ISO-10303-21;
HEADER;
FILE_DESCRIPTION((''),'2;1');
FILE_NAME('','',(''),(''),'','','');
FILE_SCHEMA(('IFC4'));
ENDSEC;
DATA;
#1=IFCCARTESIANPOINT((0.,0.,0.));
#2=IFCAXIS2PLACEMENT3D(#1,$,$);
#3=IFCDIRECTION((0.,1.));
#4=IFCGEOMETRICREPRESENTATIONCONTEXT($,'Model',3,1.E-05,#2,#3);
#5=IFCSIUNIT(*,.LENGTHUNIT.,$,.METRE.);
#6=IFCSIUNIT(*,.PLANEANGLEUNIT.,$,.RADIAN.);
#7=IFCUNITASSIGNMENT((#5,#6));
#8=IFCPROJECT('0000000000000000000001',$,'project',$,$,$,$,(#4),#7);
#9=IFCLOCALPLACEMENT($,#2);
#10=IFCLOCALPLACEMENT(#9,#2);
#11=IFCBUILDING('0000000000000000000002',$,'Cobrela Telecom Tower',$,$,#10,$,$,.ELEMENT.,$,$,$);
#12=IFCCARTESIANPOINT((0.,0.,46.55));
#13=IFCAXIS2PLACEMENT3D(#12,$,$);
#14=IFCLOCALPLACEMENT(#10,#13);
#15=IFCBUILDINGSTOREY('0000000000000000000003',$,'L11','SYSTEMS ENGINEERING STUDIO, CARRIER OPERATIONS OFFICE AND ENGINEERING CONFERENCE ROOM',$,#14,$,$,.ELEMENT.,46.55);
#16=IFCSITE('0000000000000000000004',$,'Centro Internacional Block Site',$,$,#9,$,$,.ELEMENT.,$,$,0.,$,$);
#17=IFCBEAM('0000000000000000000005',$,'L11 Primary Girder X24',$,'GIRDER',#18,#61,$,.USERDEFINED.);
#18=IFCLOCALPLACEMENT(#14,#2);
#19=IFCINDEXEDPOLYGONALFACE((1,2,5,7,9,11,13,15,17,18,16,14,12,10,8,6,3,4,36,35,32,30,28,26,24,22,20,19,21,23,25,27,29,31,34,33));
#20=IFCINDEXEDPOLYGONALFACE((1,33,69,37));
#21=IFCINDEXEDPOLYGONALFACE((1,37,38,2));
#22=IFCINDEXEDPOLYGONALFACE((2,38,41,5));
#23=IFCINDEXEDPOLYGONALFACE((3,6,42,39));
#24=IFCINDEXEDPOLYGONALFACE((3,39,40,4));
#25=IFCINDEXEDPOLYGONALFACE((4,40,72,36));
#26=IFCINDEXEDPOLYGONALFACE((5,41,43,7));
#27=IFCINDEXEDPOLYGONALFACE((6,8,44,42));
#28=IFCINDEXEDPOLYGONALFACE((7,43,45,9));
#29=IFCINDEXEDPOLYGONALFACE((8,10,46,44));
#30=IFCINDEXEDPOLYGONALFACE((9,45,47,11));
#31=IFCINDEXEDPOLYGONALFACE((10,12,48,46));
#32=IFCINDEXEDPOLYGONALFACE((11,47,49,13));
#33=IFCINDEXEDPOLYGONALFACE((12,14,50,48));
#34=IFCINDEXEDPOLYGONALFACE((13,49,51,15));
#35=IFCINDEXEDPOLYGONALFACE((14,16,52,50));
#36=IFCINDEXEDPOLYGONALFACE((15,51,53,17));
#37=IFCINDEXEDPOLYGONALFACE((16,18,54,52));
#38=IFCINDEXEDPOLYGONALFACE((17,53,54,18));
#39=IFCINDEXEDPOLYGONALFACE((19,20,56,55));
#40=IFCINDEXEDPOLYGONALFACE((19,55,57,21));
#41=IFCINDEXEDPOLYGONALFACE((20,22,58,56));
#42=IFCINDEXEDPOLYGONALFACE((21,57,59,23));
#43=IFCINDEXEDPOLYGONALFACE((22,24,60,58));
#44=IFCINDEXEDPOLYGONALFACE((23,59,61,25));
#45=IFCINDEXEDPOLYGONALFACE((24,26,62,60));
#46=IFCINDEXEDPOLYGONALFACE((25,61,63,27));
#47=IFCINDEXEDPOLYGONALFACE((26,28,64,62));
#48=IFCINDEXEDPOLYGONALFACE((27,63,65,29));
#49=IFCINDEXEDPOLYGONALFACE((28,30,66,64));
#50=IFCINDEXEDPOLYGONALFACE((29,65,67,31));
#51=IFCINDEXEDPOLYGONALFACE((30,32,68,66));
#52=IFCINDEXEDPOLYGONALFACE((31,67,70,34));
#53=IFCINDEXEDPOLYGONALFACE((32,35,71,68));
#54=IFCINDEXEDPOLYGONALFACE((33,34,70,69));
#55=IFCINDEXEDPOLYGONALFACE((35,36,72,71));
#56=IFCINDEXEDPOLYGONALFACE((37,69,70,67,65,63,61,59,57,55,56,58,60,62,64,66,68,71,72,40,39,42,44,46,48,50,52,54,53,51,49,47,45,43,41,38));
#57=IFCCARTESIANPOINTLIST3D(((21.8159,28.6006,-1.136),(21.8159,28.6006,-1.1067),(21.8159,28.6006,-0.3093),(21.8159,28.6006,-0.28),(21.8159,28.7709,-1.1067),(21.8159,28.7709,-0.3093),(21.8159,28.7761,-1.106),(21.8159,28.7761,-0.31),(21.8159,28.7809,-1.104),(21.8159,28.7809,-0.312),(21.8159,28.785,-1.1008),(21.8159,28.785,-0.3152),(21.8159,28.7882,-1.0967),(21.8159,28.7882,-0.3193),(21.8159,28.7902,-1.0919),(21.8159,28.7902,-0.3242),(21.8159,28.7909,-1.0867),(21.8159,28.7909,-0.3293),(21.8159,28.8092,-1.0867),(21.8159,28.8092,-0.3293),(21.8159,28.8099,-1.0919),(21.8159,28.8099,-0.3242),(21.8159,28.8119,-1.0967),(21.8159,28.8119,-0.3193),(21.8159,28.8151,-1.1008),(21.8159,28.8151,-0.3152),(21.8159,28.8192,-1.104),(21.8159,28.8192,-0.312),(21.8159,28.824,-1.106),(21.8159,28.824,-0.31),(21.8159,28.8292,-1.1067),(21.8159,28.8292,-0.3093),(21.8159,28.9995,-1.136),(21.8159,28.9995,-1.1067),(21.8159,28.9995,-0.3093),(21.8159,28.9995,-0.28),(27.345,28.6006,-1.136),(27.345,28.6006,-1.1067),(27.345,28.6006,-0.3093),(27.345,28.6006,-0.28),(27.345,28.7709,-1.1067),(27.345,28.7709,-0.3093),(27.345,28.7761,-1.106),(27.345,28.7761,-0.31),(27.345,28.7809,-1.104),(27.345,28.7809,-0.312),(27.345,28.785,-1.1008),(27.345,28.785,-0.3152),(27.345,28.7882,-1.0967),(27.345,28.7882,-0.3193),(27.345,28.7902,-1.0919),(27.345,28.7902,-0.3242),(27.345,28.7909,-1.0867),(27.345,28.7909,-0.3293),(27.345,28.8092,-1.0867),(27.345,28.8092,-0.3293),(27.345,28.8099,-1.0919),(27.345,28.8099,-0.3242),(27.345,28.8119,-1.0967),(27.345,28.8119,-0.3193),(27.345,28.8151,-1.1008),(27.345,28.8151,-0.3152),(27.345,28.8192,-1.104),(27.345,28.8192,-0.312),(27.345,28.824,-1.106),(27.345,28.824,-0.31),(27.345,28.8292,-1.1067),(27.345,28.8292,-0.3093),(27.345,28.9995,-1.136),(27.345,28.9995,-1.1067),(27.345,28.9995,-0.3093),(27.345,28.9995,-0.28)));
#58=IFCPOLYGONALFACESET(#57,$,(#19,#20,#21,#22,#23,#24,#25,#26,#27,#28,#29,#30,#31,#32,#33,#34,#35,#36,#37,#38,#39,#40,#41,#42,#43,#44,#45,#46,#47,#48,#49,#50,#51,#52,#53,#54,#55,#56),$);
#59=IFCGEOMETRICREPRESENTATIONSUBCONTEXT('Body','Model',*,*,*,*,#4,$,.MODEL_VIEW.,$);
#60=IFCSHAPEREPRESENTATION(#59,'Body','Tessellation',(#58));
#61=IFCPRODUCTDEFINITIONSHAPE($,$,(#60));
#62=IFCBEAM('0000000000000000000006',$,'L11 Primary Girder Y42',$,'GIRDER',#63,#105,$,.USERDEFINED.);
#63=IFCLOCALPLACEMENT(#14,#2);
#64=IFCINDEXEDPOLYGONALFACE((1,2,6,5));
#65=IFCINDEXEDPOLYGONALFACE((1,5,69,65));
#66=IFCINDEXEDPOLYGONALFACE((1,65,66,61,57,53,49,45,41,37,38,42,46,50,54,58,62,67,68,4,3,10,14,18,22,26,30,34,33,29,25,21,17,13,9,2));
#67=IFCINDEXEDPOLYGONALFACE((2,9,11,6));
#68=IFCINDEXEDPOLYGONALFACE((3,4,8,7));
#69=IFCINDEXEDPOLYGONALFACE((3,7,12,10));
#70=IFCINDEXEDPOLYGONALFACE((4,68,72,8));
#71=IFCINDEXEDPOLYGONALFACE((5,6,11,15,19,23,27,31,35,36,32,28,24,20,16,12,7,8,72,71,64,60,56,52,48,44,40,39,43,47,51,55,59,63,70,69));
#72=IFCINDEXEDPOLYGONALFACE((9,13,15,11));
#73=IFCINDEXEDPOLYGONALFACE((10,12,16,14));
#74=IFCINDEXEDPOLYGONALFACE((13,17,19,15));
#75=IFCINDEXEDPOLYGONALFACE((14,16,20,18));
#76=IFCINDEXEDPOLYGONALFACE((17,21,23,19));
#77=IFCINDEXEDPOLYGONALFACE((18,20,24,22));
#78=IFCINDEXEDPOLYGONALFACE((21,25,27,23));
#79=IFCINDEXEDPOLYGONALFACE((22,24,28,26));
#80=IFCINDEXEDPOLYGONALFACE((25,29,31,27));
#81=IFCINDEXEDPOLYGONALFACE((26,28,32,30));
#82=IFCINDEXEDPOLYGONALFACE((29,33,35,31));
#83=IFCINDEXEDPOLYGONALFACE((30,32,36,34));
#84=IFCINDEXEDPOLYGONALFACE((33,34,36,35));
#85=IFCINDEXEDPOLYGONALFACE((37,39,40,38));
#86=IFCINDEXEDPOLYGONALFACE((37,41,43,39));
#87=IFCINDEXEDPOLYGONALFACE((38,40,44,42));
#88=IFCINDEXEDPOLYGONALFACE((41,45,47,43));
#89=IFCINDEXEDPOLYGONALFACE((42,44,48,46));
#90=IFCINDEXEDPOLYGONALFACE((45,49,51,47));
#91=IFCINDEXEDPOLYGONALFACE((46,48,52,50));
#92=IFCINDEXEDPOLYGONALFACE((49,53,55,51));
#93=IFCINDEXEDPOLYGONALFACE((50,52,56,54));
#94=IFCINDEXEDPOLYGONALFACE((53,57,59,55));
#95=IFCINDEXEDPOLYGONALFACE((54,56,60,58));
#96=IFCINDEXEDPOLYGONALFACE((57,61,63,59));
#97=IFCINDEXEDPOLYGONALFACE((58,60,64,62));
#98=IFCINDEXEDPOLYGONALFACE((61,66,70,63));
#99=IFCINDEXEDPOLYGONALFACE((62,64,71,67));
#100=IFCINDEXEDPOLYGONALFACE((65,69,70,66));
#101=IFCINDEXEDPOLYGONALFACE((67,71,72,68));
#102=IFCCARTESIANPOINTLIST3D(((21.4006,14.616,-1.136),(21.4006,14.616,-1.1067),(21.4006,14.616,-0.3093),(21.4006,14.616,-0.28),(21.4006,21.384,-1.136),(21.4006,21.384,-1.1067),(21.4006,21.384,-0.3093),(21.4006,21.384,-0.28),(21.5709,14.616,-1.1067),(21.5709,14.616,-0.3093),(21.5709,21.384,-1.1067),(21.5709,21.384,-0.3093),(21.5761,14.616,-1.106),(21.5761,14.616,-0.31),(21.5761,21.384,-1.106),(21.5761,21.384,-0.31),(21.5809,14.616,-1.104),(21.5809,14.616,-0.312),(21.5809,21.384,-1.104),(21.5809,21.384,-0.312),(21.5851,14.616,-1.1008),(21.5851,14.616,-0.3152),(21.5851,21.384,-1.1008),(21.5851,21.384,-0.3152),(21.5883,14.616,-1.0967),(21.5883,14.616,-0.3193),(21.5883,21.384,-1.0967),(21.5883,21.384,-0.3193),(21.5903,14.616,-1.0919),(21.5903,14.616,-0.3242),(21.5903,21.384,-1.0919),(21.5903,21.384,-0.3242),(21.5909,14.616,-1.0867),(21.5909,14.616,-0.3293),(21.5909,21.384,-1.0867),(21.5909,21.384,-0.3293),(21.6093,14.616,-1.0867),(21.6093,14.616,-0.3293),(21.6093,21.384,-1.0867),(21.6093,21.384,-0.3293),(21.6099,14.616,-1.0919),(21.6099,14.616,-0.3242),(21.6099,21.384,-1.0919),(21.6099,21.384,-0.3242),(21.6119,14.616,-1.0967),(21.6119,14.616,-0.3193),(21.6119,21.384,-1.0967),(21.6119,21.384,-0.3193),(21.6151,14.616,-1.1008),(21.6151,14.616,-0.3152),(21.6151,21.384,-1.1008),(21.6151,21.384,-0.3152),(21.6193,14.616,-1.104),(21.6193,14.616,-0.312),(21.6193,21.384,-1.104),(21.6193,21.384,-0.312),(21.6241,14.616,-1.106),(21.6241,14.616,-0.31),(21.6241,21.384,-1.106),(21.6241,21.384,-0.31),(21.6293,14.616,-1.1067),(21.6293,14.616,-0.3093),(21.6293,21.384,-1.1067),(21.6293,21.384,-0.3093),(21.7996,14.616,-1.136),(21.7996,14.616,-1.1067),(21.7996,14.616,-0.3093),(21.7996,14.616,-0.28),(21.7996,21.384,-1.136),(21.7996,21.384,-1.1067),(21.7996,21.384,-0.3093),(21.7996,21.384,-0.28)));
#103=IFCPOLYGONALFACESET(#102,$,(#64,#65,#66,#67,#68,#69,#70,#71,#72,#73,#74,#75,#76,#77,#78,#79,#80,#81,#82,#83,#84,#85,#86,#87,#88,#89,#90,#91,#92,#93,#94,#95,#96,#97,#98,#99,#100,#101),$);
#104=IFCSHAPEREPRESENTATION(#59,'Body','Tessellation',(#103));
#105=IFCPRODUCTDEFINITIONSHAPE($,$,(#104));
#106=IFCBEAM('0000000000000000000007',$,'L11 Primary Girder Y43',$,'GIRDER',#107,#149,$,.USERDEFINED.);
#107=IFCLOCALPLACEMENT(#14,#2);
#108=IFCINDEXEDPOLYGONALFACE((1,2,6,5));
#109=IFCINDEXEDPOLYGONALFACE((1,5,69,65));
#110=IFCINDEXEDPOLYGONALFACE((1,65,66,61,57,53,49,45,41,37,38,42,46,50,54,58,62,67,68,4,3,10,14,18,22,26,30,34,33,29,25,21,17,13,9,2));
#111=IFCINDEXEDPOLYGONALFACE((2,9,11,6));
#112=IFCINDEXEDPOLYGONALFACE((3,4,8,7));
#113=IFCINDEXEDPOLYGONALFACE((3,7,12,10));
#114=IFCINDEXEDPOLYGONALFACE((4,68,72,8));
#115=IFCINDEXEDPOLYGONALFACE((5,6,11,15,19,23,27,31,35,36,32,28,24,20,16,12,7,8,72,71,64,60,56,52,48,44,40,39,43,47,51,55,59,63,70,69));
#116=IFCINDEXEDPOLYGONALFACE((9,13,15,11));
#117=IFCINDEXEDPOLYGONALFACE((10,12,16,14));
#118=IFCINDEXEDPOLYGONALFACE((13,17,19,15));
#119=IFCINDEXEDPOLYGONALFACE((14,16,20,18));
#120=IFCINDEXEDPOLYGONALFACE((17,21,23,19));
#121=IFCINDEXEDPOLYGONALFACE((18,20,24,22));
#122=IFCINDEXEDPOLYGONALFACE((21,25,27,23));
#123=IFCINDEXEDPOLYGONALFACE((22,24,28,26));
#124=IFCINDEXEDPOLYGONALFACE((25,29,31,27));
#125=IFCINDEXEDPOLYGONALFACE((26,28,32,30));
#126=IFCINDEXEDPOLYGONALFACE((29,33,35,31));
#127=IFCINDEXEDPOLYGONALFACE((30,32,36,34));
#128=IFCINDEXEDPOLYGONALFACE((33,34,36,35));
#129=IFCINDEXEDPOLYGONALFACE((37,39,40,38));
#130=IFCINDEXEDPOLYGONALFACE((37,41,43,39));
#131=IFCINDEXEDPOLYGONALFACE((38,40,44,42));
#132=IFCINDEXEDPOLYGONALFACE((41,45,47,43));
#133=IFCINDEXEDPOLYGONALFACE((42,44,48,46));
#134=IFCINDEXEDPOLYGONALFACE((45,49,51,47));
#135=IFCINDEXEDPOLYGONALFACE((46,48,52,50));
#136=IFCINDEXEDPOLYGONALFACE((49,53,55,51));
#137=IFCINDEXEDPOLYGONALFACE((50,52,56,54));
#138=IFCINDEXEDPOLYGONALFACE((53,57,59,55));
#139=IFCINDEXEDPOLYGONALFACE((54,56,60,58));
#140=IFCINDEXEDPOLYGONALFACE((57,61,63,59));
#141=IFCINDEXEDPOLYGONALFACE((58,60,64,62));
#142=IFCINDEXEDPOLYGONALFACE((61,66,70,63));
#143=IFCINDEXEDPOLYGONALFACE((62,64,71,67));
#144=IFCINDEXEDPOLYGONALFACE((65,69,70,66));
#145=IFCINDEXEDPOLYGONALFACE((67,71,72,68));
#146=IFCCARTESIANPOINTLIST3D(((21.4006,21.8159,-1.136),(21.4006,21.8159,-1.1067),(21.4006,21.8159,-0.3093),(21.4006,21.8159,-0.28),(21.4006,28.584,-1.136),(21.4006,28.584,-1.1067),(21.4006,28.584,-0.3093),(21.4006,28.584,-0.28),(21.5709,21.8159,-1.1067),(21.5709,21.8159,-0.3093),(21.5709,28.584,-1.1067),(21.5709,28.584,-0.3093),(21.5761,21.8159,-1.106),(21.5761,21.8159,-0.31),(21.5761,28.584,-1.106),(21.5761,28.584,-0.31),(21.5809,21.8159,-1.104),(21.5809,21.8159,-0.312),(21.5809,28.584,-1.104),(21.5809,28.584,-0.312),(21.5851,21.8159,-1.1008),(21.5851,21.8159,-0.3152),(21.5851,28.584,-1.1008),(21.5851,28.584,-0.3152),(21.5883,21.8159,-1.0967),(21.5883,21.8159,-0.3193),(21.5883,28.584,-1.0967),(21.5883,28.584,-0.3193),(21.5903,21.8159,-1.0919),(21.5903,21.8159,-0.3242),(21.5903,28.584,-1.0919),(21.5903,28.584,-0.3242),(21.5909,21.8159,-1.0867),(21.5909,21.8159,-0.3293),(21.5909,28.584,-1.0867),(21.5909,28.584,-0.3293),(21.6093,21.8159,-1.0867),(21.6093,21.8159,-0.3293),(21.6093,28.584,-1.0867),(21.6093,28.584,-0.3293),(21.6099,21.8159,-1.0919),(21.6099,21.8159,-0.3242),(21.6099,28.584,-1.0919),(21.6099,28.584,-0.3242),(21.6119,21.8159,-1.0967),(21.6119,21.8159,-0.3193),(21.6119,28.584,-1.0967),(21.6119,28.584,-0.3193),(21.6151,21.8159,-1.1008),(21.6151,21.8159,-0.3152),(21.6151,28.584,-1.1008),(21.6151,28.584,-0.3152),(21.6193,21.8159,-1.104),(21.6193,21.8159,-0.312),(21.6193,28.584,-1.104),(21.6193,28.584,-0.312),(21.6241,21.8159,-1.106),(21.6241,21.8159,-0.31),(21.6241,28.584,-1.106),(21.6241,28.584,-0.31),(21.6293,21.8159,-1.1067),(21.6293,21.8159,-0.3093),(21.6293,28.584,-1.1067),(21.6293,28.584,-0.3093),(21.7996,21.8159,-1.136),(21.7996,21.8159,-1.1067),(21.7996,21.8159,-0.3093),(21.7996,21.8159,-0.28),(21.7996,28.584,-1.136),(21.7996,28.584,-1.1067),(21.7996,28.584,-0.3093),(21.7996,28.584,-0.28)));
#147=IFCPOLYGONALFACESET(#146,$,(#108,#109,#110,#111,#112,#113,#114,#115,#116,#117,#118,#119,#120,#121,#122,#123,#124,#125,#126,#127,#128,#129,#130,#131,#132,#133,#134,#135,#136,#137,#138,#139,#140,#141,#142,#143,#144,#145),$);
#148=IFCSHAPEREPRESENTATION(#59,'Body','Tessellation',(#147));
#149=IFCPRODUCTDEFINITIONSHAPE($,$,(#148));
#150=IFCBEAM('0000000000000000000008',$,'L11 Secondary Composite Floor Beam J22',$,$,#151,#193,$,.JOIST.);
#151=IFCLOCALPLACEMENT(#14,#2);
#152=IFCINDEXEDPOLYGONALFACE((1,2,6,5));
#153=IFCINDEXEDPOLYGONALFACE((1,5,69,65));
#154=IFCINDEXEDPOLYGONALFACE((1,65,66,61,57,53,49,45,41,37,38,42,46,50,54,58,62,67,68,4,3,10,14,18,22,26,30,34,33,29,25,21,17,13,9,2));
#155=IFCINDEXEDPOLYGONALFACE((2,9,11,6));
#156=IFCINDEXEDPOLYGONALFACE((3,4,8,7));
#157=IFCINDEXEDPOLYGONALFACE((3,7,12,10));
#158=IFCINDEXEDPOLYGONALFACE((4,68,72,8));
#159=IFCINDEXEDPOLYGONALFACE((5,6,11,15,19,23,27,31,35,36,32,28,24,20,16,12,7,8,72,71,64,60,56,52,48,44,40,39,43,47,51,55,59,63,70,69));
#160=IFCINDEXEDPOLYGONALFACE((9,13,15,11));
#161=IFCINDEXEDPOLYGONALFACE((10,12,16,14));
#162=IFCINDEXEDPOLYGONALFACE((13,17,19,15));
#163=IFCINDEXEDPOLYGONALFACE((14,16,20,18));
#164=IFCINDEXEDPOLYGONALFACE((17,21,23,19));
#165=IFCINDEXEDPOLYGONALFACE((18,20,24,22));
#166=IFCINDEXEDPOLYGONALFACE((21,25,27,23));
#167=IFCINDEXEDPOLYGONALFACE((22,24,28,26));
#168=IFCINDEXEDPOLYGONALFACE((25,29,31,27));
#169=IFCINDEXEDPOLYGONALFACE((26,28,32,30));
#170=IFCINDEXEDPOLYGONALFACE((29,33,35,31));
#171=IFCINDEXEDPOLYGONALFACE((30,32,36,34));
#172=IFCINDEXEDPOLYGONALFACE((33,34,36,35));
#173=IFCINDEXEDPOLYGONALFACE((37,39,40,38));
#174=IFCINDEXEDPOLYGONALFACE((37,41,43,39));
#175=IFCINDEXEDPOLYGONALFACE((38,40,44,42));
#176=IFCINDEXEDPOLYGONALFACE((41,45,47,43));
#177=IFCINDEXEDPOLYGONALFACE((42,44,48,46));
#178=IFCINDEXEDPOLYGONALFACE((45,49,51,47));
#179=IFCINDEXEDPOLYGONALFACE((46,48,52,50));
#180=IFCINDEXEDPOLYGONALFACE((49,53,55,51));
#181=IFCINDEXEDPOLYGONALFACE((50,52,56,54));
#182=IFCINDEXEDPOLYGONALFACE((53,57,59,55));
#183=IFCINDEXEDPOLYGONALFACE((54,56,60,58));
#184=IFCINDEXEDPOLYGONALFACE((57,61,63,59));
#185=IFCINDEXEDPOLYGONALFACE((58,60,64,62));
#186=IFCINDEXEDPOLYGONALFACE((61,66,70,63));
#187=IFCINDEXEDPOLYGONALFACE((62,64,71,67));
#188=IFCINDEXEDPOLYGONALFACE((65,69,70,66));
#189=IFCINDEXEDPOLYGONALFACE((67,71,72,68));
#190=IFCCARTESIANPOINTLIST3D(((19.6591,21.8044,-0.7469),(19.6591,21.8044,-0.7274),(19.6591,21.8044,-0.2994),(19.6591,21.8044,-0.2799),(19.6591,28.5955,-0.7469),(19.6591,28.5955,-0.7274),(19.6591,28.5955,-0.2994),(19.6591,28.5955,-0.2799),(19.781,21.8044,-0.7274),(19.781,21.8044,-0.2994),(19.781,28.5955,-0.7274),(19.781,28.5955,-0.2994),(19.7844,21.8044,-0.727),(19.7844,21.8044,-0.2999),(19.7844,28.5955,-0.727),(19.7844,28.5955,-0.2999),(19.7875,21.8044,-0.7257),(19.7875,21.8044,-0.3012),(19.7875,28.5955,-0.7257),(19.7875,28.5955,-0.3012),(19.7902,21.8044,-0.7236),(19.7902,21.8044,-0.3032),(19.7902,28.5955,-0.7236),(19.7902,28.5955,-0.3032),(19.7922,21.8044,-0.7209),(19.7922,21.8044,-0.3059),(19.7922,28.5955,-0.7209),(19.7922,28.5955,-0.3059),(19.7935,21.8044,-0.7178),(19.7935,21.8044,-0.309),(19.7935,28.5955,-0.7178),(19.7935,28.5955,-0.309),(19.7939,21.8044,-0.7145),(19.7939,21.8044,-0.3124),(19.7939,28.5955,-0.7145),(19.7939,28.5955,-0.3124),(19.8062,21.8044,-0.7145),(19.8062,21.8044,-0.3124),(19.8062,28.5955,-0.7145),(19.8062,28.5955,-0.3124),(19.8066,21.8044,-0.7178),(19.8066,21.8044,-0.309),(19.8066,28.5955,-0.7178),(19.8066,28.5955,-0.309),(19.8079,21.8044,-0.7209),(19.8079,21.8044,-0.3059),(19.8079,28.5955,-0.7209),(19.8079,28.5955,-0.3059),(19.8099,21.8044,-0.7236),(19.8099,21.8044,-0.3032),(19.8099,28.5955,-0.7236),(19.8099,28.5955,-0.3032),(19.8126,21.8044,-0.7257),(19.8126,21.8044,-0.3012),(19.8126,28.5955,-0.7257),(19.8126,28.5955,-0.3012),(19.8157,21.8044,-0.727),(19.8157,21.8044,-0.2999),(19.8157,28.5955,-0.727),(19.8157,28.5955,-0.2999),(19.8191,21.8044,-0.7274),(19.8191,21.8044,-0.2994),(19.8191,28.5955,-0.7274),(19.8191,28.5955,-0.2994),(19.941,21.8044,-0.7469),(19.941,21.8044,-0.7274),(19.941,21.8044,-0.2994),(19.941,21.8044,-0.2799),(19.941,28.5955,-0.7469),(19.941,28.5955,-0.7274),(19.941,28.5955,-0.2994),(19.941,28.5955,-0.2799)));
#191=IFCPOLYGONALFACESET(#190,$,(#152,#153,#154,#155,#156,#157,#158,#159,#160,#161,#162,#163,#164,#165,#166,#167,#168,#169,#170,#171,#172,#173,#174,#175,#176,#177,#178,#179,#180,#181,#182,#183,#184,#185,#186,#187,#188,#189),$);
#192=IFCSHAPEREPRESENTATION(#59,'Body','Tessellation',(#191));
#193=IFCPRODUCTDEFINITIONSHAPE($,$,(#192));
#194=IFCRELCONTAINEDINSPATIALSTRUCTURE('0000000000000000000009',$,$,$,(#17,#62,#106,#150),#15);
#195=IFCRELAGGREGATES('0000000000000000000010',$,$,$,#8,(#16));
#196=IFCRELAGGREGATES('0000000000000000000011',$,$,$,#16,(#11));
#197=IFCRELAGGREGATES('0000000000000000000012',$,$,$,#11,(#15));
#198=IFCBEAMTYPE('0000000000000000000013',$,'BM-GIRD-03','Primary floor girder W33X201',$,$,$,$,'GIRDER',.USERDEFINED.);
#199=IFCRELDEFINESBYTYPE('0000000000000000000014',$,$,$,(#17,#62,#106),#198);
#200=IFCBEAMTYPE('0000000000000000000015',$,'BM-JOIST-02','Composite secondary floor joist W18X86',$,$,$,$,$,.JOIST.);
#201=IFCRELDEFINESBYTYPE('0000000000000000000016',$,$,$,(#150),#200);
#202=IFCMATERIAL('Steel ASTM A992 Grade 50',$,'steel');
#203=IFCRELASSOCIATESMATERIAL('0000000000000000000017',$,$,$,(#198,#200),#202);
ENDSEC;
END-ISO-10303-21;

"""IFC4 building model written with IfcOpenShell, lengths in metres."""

from ifc_helpers import new_model, si_unit, direction, frame, origin, origin_2d, place, context, subcontext, project, spatial, i_section, extrude, material, material_profile, profile_set, type_object, element, save


model = new_model("IFC4")

# Units and contexts
model_context = context("Model", 3, precision=1e-05, world=origin(), true_north=direction((0.0, 1.0)))
body_context = subcontext(model_context, "Body", "Model", "MODEL_VIEW")
ifc_project = project(units=[si_unit("LENGTHUNIT", "METRE"), si_unit("PLANEANGLEUNIT", "RADIAN")], contexts=[model_context])

# Site, building, storey
site_placement = place(None, origin())
site = spatial("IfcSite", under=ifc_project, at=site_placement, Name="Centro Internacional Block Site", CompositionType="ELEMENT", RefElevation=0.0)
building_placement = place(site_placement, origin())
building = spatial("IfcBuilding", under=site, at=building_placement, Name="Cobrela Telecom Tower", CompositionType="ELEMENT")
storey_placement = place(building_placement, frame((0.0, 0.0, 46.55)))
storey = spatial("IfcBuildingStorey", under=building, at=storey_placement, Name="L11", Description="SYSTEMS ENGINEERING STUDIO, CARRIER OPERATIONS OFFICE AND ENGINEERING CONFERENCE ROOM", CompositionType="ELEMENT", Elevation=46.55)

# Shared definitions
ifc_material_1 = material(Name="Steel ASTM A992 Grade 50", Category="steel")

# Beams
ifc_material_profile_1 = material_profile(ifc_material_1, i_section(OverallWidth=0.3989, OverallDepth=0.856, WebThickness=0.0183, FlangeThickness=0.0293, FilletRadius=0.02, at=origin_2d()), Name="W33X201")
ifc_profile_set_1 = profile_set([ifc_material_profile_1], Name="Steel ASTM A992 Grade 50")
beam_type_1 = type_object("IfcBeamType", Name="BM-GIRD-03", Description="Primary floor girder W33X201", ElementType="GIRDER", PredefinedType="USERDEFINED", material=ifc_profile_set_1)
beam_1_placement = place(storey_placement, frame((21.8159, 28.8, -0.708), z_axis=(1.0, 0.0, 0.0), x_axis=(0.0, 1.0, 0.0)))
element("IfcBeam", 1, at=beam_1_placement, inside=storey, type_object=beam_type_1, Name="L11 Primary Girder X24", ObjectType="GIRDER", PredefinedType="USERDEFINED", context=body_context, shape_type="SweptSolid", body=[
    extrude(i_section(OverallWidth=0.3989, OverallDepth=0.856, WebThickness=0.0183, FlangeThickness=0.0293, FilletRadius=0.02, at=origin_2d()), origin(), (0.0, 0.0, 1.0), 5.5291),
])
for number, where, z_axis, x_axis, name in (
    (2, (21.6001, 14.616, -0.708), (0.0, 1.0, 0.0), (-1.0, 0.0, 0.0), "L11 Primary Girder Y42"),
    (3, (21.6001, 21.8159, -0.708), (0.0, 1.0, 0.0), (-1.0, 0.0, 0.0), "L11 Primary Girder Y43"),
):
    element("IfcBeam", number, at=place(storey_placement, frame(where, z_axis=z_axis, x_axis=x_axis)), inside=storey, type_object=beam_type_1, Name=name, ObjectType="GIRDER", PredefinedType="USERDEFINED", context=body_context, shape_type="SweptSolid", body=[
        extrude(i_section(OverallWidth=0.3989, OverallDepth=0.856, WebThickness=0.0183, FlangeThickness=0.0293, FilletRadius=0.02, at=origin_2d()), origin(), (0.0, 0.0, 1.0), 6.7681),
    ])
ifc_material_profile_2 = material_profile(ifc_material_1, i_section(OverallWidth=0.282, OverallDepth=0.467, WebThickness=0.0122, FlangeThickness=0.0195, FilletRadius=0.0129, at=origin_2d()), Name="W18X86")
ifc_profile_set_2 = profile_set([ifc_material_profile_2], Name="Steel ASTM A992 Grade 50")
beam_type_2 = type_object("IfcBeamType", Name="BM-JOIST-02", Description="Composite secondary floor joist W18X86", PredefinedType="JOIST", material=ifc_profile_set_2)
for number, where, z_axis, x_axis, name in (
    (4, (19.8, 21.8044, -0.5134), (0.0, 1.0, 0.0), (-1.0, 0.0, 0.0), "L11 Secondary Composite Floor Beam J22"),
):
    element("IfcBeam", number, at=place(storey_placement, frame(where, z_axis=z_axis, x_axis=x_axis)), inside=storey, type_object=beam_type_2, Name=name, PredefinedType="JOIST", context=body_context, shape_type="SweptSolid", body=[
        extrude(i_section(OverallWidth=0.282, OverallDepth=0.467, WebThickness=0.0122, FlangeThickness=0.0195, FilletRadius=0.0129, at=origin_2d()), origin(), (0.0, 0.0, 1.0), 6.791),
    ])

save(model, "model.ifc")
